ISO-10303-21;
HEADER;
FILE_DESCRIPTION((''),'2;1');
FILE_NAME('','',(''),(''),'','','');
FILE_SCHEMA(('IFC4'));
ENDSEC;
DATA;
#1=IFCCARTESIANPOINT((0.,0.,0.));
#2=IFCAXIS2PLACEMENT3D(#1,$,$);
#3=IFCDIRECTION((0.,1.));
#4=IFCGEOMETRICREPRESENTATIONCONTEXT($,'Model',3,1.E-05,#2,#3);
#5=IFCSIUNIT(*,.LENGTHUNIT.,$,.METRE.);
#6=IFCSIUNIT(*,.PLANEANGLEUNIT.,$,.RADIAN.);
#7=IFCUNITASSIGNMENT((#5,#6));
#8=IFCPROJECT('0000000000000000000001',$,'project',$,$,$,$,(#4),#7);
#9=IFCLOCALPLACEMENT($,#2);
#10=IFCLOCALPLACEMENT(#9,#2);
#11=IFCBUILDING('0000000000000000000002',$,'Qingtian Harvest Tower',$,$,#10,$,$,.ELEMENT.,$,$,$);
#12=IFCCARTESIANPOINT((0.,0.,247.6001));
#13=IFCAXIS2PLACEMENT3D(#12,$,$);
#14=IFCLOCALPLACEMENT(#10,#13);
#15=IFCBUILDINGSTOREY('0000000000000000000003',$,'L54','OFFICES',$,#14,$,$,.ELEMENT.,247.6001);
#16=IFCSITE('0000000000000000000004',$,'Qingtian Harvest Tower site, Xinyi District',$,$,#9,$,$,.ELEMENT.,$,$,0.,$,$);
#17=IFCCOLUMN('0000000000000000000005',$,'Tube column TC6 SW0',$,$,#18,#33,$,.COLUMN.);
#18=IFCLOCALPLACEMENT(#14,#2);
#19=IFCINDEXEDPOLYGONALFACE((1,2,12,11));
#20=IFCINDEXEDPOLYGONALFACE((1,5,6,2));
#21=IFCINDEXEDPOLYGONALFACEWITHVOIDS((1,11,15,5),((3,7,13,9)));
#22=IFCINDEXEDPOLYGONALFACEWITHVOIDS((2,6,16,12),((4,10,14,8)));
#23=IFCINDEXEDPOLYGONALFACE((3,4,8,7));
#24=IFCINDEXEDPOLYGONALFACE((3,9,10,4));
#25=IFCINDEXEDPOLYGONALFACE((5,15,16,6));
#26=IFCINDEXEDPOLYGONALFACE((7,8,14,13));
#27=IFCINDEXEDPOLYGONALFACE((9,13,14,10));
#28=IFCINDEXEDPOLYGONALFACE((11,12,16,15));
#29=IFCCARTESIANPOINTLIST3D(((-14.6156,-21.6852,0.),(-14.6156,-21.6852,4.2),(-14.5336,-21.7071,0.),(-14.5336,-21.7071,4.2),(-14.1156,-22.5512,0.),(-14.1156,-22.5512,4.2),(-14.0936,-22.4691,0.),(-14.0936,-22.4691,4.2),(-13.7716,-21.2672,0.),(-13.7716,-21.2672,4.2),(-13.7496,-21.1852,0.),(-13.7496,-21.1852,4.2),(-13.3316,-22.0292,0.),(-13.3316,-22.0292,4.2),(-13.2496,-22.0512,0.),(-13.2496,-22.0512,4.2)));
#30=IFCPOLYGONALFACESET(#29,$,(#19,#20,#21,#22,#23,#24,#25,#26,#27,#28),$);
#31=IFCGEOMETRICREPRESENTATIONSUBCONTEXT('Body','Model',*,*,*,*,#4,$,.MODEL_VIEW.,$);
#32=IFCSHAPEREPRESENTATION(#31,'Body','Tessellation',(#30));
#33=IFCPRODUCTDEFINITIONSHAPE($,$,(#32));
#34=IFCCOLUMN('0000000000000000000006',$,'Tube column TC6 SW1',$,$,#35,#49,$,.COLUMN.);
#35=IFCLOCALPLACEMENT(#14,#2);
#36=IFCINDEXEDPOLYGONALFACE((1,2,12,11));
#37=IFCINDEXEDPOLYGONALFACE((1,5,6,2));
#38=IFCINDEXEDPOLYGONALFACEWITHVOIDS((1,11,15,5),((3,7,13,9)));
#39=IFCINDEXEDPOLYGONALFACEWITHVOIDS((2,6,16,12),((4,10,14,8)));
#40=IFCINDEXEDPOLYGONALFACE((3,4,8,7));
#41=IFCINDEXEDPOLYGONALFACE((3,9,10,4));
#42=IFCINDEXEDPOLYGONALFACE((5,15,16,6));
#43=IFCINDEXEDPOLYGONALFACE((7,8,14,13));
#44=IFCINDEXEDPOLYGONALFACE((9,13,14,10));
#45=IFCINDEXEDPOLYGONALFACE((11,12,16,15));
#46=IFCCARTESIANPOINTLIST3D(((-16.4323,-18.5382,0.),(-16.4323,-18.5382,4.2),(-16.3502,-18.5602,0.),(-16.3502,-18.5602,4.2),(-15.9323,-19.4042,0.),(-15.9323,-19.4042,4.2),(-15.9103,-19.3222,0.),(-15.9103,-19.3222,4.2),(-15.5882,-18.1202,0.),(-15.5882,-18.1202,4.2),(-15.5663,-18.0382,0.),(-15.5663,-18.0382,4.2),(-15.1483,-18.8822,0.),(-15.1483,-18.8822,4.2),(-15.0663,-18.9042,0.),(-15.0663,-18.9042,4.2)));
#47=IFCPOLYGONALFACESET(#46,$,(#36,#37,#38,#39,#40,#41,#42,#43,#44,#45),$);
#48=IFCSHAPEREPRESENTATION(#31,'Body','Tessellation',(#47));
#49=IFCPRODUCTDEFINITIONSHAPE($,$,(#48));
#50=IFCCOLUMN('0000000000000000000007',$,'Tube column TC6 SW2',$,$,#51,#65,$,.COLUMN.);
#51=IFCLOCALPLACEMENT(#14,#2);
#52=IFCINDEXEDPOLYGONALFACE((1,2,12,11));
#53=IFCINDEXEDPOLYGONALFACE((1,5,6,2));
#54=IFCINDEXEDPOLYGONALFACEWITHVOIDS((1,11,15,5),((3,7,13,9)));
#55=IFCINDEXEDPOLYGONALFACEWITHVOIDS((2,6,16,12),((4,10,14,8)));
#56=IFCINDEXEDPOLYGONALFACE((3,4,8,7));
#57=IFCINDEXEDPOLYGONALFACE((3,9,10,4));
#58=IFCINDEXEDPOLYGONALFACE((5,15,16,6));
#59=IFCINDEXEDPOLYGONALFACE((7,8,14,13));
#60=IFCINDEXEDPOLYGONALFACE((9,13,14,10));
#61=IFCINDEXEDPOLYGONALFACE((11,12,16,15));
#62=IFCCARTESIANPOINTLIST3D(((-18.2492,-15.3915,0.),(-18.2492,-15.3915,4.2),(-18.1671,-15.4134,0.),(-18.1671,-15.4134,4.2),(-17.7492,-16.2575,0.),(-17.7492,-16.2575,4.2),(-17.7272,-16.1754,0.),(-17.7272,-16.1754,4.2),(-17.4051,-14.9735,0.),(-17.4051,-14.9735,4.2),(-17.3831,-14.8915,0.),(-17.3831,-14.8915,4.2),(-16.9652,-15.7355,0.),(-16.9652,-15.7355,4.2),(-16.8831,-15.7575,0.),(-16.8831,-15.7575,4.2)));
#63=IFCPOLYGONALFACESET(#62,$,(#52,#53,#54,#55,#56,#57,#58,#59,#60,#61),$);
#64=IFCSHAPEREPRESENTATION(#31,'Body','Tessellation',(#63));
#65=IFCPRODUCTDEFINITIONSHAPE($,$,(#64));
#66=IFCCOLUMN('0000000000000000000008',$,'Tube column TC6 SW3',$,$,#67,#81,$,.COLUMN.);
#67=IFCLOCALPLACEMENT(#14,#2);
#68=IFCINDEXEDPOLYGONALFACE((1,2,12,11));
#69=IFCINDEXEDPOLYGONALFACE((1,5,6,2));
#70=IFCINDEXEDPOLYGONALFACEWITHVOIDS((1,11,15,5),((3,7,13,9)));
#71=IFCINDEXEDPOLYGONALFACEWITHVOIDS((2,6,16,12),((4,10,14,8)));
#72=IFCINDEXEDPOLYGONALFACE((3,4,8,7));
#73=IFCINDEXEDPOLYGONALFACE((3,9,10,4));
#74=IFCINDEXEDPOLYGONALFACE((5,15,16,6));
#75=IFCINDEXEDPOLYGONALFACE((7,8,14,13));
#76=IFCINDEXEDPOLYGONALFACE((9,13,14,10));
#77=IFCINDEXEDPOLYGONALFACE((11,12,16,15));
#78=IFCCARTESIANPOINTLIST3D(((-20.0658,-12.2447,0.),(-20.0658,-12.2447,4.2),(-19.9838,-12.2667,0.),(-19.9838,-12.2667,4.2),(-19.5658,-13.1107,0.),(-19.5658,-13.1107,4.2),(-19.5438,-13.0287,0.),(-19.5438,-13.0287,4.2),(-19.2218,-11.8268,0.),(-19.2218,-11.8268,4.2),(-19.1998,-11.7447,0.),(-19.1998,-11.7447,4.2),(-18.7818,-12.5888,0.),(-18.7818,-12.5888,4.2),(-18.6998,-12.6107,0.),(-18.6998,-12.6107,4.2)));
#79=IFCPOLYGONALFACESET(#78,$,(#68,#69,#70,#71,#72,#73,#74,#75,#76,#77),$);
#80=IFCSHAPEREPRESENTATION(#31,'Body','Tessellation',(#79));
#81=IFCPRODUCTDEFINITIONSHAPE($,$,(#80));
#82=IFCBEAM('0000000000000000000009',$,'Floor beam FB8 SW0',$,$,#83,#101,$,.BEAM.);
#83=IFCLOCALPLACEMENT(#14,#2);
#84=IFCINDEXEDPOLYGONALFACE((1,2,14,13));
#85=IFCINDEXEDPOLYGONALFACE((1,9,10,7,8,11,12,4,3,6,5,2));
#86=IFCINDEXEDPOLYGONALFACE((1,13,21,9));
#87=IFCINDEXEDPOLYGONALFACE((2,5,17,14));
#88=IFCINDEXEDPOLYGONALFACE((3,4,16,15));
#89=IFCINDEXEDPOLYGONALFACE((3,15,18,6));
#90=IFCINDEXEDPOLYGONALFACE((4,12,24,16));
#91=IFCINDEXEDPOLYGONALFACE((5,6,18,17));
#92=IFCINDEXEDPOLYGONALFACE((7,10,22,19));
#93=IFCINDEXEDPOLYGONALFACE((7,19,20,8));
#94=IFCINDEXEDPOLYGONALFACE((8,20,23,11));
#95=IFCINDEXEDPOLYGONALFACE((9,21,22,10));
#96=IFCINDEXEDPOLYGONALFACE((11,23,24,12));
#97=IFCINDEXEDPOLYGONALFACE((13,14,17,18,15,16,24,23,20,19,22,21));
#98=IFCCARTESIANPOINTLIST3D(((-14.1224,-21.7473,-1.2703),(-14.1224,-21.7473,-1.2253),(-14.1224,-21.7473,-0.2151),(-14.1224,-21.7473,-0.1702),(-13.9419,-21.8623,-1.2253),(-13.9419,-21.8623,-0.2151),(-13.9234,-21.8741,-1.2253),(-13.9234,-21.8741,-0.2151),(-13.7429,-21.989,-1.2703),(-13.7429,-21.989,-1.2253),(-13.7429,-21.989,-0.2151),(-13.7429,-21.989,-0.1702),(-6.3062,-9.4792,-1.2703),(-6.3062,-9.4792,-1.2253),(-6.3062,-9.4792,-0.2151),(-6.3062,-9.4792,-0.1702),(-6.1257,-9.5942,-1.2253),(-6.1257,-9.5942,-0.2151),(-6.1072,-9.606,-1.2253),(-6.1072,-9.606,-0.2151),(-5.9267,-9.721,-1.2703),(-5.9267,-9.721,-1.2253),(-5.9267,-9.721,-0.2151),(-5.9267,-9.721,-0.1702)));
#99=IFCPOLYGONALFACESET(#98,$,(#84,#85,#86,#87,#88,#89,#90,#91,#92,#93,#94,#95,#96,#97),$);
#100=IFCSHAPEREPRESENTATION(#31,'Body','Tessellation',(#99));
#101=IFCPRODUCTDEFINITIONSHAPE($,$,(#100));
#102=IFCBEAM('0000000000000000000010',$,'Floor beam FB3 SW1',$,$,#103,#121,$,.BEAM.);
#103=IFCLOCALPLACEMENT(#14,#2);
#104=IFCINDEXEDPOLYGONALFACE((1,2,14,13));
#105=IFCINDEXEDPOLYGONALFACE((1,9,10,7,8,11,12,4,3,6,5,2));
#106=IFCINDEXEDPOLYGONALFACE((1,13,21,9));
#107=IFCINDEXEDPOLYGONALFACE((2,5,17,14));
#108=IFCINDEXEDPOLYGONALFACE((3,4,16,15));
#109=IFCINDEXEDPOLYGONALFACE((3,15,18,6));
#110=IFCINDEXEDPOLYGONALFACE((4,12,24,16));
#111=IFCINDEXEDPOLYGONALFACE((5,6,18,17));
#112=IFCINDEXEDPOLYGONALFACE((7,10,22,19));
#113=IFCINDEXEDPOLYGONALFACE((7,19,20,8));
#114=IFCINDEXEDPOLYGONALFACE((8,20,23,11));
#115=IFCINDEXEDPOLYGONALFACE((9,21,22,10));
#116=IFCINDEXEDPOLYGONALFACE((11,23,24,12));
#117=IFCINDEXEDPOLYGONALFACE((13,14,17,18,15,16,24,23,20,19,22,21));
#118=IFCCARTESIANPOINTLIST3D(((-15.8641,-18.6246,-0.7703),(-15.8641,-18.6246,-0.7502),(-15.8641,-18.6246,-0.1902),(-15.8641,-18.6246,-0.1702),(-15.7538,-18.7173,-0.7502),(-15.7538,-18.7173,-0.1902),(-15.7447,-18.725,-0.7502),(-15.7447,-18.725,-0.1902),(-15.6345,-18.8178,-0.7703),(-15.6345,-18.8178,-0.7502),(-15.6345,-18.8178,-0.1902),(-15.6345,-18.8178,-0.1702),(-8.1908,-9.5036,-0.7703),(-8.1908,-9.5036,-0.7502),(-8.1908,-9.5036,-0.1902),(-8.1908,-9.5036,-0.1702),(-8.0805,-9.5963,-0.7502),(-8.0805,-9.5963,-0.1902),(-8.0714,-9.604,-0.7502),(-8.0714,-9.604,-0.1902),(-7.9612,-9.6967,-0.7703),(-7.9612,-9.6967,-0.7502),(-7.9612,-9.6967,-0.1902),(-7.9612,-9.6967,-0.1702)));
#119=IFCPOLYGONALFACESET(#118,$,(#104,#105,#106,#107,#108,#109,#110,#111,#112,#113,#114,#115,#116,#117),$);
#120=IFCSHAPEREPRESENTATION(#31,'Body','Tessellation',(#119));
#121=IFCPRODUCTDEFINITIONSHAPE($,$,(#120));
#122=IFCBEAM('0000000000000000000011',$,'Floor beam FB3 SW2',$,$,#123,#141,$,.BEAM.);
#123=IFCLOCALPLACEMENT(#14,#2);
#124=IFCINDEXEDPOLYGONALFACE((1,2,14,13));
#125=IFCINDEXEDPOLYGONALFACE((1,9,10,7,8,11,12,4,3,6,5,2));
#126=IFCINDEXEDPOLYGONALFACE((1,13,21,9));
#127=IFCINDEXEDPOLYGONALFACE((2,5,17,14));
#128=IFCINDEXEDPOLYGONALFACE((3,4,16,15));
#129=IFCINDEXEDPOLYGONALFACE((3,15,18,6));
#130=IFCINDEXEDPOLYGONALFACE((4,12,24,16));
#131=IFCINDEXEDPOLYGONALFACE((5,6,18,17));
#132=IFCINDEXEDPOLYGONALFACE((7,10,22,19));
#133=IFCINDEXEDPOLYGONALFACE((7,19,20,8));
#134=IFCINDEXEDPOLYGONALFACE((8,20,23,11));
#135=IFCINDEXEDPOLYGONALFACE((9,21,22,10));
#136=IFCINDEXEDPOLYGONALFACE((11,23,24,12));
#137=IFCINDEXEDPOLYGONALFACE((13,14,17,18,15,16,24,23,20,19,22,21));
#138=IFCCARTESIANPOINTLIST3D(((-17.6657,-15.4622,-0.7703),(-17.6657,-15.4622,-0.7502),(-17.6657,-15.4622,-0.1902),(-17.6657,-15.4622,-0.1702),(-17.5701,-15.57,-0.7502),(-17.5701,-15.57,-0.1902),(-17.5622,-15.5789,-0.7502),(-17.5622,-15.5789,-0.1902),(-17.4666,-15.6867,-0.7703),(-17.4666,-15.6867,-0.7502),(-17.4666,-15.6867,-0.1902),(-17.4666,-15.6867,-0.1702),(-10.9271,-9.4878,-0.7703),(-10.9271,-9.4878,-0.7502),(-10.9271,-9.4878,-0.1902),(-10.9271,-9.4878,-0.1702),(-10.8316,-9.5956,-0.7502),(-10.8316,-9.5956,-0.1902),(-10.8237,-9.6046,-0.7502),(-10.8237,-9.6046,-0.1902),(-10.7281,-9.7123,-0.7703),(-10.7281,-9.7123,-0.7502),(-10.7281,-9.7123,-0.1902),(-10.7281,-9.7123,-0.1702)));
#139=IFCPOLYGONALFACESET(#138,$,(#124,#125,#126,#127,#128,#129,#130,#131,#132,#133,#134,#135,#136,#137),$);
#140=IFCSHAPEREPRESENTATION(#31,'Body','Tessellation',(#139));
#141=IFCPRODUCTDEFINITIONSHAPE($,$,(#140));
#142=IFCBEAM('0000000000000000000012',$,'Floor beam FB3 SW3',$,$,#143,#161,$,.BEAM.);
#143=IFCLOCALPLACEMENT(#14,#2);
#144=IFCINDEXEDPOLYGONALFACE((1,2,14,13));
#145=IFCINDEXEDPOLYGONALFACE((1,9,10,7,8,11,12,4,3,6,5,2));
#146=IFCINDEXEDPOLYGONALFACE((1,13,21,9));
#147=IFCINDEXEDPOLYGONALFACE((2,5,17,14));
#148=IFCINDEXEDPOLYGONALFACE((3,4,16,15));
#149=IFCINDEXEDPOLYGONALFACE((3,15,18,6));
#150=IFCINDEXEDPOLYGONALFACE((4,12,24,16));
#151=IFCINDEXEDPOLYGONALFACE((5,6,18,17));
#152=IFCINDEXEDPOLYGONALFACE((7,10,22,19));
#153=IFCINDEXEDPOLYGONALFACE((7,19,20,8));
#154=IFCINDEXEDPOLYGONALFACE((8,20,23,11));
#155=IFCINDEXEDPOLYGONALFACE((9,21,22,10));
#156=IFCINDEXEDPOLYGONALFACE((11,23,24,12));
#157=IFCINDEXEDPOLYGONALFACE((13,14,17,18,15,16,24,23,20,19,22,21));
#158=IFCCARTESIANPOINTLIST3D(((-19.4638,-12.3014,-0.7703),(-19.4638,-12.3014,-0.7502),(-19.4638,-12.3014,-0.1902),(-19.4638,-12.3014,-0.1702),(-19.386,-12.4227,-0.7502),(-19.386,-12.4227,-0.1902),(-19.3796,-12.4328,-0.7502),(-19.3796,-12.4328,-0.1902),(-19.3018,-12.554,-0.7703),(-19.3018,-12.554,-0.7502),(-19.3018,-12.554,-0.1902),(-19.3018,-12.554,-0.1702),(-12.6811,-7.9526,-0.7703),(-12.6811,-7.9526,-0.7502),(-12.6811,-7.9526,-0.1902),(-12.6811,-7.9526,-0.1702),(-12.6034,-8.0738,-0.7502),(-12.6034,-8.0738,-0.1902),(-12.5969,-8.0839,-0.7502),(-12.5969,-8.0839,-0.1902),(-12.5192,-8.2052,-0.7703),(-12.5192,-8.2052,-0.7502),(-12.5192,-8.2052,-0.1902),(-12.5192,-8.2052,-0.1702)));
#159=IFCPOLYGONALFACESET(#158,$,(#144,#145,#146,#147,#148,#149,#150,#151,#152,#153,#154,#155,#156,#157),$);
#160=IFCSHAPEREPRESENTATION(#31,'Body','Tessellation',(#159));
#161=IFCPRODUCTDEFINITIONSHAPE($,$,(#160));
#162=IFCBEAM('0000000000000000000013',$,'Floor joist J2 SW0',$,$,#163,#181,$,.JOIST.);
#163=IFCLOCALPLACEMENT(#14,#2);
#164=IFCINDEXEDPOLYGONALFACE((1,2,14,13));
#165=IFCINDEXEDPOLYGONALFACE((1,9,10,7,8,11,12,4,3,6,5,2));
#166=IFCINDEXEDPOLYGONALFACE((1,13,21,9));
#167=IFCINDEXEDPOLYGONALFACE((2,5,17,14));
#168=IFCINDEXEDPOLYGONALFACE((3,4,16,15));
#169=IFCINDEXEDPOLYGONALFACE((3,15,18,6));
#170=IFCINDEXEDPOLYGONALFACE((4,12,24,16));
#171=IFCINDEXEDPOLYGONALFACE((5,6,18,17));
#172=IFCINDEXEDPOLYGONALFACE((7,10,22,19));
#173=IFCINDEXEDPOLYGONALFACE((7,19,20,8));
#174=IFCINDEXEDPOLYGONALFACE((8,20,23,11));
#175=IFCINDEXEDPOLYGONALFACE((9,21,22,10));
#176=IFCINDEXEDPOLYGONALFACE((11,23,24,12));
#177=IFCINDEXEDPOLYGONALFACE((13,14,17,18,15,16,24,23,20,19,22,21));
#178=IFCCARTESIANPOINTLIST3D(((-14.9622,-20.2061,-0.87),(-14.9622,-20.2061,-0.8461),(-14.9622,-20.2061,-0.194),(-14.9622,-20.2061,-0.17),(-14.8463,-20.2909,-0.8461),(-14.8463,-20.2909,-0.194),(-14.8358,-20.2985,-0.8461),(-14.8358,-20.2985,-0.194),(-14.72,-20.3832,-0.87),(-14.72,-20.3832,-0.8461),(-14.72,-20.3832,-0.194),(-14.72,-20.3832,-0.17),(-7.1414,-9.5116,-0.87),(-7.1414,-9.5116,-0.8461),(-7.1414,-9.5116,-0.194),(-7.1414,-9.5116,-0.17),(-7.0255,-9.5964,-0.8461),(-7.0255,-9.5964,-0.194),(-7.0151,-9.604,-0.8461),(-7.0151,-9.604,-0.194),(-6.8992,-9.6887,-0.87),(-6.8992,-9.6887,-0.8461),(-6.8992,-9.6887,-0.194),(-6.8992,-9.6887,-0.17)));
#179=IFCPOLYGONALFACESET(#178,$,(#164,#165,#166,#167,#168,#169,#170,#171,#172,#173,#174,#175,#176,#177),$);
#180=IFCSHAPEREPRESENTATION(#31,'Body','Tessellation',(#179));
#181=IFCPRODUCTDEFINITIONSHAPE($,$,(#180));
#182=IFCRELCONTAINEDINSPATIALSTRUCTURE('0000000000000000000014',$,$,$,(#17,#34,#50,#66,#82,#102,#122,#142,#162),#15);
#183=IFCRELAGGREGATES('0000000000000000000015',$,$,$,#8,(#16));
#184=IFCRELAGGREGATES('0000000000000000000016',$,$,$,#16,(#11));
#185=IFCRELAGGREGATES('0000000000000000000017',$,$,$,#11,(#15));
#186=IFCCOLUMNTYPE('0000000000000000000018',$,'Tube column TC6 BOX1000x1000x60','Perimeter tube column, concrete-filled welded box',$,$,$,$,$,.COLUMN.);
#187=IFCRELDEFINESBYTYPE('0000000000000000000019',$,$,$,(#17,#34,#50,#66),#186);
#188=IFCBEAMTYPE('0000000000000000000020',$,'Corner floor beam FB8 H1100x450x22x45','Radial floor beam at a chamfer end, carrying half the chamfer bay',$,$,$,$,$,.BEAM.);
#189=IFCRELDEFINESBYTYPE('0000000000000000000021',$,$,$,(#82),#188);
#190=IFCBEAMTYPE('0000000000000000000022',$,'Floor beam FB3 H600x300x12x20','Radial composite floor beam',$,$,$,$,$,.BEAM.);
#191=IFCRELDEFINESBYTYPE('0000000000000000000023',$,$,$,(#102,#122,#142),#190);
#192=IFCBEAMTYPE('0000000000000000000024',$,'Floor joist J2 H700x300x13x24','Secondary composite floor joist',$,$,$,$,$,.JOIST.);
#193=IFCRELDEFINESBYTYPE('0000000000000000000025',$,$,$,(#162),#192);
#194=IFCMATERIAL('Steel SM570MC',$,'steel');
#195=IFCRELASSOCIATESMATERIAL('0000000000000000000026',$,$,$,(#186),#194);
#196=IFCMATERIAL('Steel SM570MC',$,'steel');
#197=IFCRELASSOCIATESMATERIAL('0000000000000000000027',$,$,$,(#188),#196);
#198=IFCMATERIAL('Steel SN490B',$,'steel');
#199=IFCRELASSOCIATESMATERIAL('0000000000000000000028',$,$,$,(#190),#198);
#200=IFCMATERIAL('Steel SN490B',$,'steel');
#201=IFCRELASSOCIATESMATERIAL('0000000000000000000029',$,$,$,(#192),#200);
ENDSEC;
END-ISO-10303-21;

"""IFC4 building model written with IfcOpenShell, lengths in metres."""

from ifc_helpers import new_model, si_unit, direction, frame, origin, origin_2d, place, context, subcontext, project, spatial, hollow_rectangle, i_section, extrude, material, material_profile, profile_set, type_object, element, save


model = new_model("IFC4")

# Units and contexts
model_context = context("Model", 3, precision=1e-05, world=origin(), true_north=direction((0.0, 1.0)))
body_context = subcontext(model_context, "Body", "Model", "MODEL_VIEW")
ifc_project = project(units=[si_unit("LENGTHUNIT", "METRE"), si_unit("PLANEANGLEUNIT", "RADIAN")], contexts=[model_context])

# Site, building, storey
site_placement = place(None, origin())
site = spatial("IfcSite", under=ifc_project, at=site_placement, Name="Qingtian Harvest Tower site, Xinyi District", CompositionType="ELEMENT", RefElevation=0.0)
building_placement = place(site_placement, origin())
building = spatial("IfcBuilding", under=site, at=building_placement, Name="Qingtian Harvest Tower", CompositionType="ELEMENT")
storey_placement = place(building_placement, frame((0.0, 0.0, 247.6001)))
storey = spatial("IfcBuildingStorey", under=building, at=storey_placement, Name="L54", Description="OFFICES", CompositionType="ELEMENT", Elevation=247.6001)

# Columns
ifc_material_1 = material(Name="Steel SM570MC", Category="steel")
ifc_material_profile_1 = material_profile(ifc_material_1, hollow_rectangle(XDim=1.0, YDim=1.0, WallThickness=0.0601, at=origin_2d()), Name="BOX1000x1000x60")
ifc_profile_set_1 = profile_set([ifc_material_profile_1], Name="Steel SM570MC")
column_type = type_object("IfcColumnType", Name="Tube column TC6 BOX1000x1000x60", Description="Perimeter tube column, concrete-filled welded box", PredefinedType="COLUMN", material=ifc_profile_set_1)
for number, where, z_axis, x_axis, name in (
    (1, (-13.9326, -21.8682, 0.0), (0.0, 0.0, 1.0), (0.5, -0.866025, 0.0), "Tube column TC6 SW0"),
    (2, (-15.7493, -18.7212, 0.0), (0.0, 0.0, 1.0), (0.5, -0.866025, 0.0), "Tube column TC6 SW1"),
    (3, (-17.5662, -15.5745, 0.0), (0.0, 0.0, 1.0), (0.5, -0.866025, 0.0), "Tube column TC6 SW2"),
    (4, (-19.3828, -12.4277, 0.0), (0.0, 0.0, 1.0), (0.5, -0.866025, 0.0), "Tube column TC6 SW3"),
):
    element("IfcColumn", number, at=place(storey_placement, frame(where, z_axis=z_axis, x_axis=x_axis)), inside=storey, type_object=column_type, Name=name, PredefinedType="COLUMN", context=body_context, shape_type="SweptSolid", body=[
        extrude(hollow_rectangle(XDim=1.0, YDim=1.0, WallThickness=0.0601, at=origin_2d()), origin(), (0.0, 0.0, 1.0), 4.2),
    ])

# Beams
ifc_material_2 = material(Name="Steel SM570MC", Category="steel")
ifc_material_profile_2 = material_profile(ifc_material_2, i_section(OverallWidth=0.45, OverallDepth=1.1001, WebThickness=0.022, FlangeThickness=0.0449, at=origin_2d()), Name="H1100x450x22x45")
ifc_profile_set_2 = profile_set([ifc_material_profile_2], Name="Steel SM570MC")
beam_type_1 = type_object("IfcBeamType", Name="Corner floor beam FB8 H1100x450x22x45", Description="Radial floor beam at a chamfer end, carrying half the chamfer bay", PredefinedType="BEAM", material=ifc_profile_set_2)
beam_1_placement = place(storey_placement, frame((-13.9326, -21.8682, -0.7202), z_axis=(0.537326, 0.843375, 0.0), x_axis=(-0.843375, 0.537326, 0.0)))
element("IfcBeam", 5, at=beam_1_placement, inside=storey, type_object=beam_type_1, Name="Floor beam FB8 SW0", PredefinedType="BEAM", context=body_context, shape_type="SweptSolid", body=[
    extrude(i_section(OverallWidth=0.45, OverallDepth=1.1001, WebThickness=0.022, FlangeThickness=0.0449, at=origin_2d()), origin(), (0.0, 0.0, 1.0), 14.5464),
])
ifc_material_3 = material(Name="Steel SN490B", Category="steel")
ifc_material_profile_3 = material_profile(ifc_material_3, i_section(OverallWidth=0.3, OverallDepth=0.6001, WebThickness=0.012, FlangeThickness=0.02, at=origin_2d()), Name="H600x300x12x20")
ifc_profile_set_3 = profile_set([ifc_material_profile_3], Name="Steel SN490B")
beam_type_2 = type_object("IfcBeamType", Name="Floor beam FB3 H600x300x12x20", Description="Radial composite floor beam", PredefinedType="BEAM", material=ifc_profile_set_3)
beam_2_placement = place(storey_placement, frame((-15.7493, -18.7212, -0.4702), z_axis=(0.643764, 0.765224, 0.0), x_axis=(-0.765224, 0.643764, 0.0)))
element("IfcBeam", 6, at=beam_2_placement, inside=storey, type_object=beam_type_2, Name="Floor beam FB3 SW1", PredefinedType="BEAM", context=body_context, shape_type="SweptSolid", body=[
    extrude(i_section(OverallWidth=0.3, OverallDepth=0.6001, WebThickness=0.012, FlangeThickness=0.02, at=origin_2d()), origin(), (0.0, 0.0, 1.0), 11.9194),
])
beam_3_placement = place(storey_placement, frame((-17.5662, -15.5745, -0.4702), z_axis=(0.74826, 0.663406, 0.0), x_axis=(-0.663406, 0.74826, 0.0)))
element("IfcBeam", 7, at=beam_3_placement, inside=storey, type_object=beam_type_2, Name="Floor beam FB3 SW2", PredefinedType="BEAM", context=body_context, shape_type="SweptSolid", body=[
    extrude(i_section(OverallWidth=0.3, OverallDepth=0.6001, WebThickness=0.012, FlangeThickness=0.02, at=origin_2d()), origin(), (0.0, 0.0, 1.0), 9.0056),
])
beam_4_placement = place(storey_placement, frame((-19.3828, -12.4277, -0.4702), z_axis=(0.841824, 0.539753, 0.0), x_axis=(-0.539753, 0.841824, 0.0)))
element("IfcBeam", 8, at=beam_4_placement, inside=storey, type_object=beam_type_2, Name="Floor beam FB3 SW3", PredefinedType="BEAM", context=body_context, shape_type="SweptSolid", body=[
    extrude(i_section(OverallWidth=0.3, OverallDepth=0.6001, WebThickness=0.012, FlangeThickness=0.02, at=origin_2d()), origin(), (0.0, 0.0, 1.0), 8.0571),
])
ifc_material_4 = material(Name="Steel SN490B", Category="steel")
ifc_material_profile_4 = material_profile(ifc_material_4, i_section(OverallWidth=0.3, OverallDepth=0.7, WebThickness=0.0129, FlangeThickness=0.0239, at=origin_2d()), Name="H700x300x13x24")
ifc_profile_set_4 = profile_set([ifc_material_profile_4], Name="Steel SN490B")
beam_type_3 = type_object("IfcBeamType", Name="Floor joist J2 H700x300x13x24", Description="Secondary composite floor joist", PredefinedType="JOIST", material=ifc_profile_set_4)
beam_5_placement = place(storey_placement, frame((-14.8411, -20.2947, -0.52), z_axis=(0.590289, 0.807192, 0.0), x_axis=(-0.807192, 0.590289, 0.0)))
element("IfcBeam", 9, at=beam_5_placement, inside=storey, type_object=beam_type_3, Name="Floor joist J2 SW0", PredefinedType="JOIST", context=body_context, shape_type="SweptSolid", body=[
    extrude(i_section(OverallWidth=0.3, OverallDepth=0.7, WebThickness=0.0129, FlangeThickness=0.0239, at=origin_2d()), origin(), (0.0, 0.0, 1.0), 13.249),
])

save(model, "model.ifc")
